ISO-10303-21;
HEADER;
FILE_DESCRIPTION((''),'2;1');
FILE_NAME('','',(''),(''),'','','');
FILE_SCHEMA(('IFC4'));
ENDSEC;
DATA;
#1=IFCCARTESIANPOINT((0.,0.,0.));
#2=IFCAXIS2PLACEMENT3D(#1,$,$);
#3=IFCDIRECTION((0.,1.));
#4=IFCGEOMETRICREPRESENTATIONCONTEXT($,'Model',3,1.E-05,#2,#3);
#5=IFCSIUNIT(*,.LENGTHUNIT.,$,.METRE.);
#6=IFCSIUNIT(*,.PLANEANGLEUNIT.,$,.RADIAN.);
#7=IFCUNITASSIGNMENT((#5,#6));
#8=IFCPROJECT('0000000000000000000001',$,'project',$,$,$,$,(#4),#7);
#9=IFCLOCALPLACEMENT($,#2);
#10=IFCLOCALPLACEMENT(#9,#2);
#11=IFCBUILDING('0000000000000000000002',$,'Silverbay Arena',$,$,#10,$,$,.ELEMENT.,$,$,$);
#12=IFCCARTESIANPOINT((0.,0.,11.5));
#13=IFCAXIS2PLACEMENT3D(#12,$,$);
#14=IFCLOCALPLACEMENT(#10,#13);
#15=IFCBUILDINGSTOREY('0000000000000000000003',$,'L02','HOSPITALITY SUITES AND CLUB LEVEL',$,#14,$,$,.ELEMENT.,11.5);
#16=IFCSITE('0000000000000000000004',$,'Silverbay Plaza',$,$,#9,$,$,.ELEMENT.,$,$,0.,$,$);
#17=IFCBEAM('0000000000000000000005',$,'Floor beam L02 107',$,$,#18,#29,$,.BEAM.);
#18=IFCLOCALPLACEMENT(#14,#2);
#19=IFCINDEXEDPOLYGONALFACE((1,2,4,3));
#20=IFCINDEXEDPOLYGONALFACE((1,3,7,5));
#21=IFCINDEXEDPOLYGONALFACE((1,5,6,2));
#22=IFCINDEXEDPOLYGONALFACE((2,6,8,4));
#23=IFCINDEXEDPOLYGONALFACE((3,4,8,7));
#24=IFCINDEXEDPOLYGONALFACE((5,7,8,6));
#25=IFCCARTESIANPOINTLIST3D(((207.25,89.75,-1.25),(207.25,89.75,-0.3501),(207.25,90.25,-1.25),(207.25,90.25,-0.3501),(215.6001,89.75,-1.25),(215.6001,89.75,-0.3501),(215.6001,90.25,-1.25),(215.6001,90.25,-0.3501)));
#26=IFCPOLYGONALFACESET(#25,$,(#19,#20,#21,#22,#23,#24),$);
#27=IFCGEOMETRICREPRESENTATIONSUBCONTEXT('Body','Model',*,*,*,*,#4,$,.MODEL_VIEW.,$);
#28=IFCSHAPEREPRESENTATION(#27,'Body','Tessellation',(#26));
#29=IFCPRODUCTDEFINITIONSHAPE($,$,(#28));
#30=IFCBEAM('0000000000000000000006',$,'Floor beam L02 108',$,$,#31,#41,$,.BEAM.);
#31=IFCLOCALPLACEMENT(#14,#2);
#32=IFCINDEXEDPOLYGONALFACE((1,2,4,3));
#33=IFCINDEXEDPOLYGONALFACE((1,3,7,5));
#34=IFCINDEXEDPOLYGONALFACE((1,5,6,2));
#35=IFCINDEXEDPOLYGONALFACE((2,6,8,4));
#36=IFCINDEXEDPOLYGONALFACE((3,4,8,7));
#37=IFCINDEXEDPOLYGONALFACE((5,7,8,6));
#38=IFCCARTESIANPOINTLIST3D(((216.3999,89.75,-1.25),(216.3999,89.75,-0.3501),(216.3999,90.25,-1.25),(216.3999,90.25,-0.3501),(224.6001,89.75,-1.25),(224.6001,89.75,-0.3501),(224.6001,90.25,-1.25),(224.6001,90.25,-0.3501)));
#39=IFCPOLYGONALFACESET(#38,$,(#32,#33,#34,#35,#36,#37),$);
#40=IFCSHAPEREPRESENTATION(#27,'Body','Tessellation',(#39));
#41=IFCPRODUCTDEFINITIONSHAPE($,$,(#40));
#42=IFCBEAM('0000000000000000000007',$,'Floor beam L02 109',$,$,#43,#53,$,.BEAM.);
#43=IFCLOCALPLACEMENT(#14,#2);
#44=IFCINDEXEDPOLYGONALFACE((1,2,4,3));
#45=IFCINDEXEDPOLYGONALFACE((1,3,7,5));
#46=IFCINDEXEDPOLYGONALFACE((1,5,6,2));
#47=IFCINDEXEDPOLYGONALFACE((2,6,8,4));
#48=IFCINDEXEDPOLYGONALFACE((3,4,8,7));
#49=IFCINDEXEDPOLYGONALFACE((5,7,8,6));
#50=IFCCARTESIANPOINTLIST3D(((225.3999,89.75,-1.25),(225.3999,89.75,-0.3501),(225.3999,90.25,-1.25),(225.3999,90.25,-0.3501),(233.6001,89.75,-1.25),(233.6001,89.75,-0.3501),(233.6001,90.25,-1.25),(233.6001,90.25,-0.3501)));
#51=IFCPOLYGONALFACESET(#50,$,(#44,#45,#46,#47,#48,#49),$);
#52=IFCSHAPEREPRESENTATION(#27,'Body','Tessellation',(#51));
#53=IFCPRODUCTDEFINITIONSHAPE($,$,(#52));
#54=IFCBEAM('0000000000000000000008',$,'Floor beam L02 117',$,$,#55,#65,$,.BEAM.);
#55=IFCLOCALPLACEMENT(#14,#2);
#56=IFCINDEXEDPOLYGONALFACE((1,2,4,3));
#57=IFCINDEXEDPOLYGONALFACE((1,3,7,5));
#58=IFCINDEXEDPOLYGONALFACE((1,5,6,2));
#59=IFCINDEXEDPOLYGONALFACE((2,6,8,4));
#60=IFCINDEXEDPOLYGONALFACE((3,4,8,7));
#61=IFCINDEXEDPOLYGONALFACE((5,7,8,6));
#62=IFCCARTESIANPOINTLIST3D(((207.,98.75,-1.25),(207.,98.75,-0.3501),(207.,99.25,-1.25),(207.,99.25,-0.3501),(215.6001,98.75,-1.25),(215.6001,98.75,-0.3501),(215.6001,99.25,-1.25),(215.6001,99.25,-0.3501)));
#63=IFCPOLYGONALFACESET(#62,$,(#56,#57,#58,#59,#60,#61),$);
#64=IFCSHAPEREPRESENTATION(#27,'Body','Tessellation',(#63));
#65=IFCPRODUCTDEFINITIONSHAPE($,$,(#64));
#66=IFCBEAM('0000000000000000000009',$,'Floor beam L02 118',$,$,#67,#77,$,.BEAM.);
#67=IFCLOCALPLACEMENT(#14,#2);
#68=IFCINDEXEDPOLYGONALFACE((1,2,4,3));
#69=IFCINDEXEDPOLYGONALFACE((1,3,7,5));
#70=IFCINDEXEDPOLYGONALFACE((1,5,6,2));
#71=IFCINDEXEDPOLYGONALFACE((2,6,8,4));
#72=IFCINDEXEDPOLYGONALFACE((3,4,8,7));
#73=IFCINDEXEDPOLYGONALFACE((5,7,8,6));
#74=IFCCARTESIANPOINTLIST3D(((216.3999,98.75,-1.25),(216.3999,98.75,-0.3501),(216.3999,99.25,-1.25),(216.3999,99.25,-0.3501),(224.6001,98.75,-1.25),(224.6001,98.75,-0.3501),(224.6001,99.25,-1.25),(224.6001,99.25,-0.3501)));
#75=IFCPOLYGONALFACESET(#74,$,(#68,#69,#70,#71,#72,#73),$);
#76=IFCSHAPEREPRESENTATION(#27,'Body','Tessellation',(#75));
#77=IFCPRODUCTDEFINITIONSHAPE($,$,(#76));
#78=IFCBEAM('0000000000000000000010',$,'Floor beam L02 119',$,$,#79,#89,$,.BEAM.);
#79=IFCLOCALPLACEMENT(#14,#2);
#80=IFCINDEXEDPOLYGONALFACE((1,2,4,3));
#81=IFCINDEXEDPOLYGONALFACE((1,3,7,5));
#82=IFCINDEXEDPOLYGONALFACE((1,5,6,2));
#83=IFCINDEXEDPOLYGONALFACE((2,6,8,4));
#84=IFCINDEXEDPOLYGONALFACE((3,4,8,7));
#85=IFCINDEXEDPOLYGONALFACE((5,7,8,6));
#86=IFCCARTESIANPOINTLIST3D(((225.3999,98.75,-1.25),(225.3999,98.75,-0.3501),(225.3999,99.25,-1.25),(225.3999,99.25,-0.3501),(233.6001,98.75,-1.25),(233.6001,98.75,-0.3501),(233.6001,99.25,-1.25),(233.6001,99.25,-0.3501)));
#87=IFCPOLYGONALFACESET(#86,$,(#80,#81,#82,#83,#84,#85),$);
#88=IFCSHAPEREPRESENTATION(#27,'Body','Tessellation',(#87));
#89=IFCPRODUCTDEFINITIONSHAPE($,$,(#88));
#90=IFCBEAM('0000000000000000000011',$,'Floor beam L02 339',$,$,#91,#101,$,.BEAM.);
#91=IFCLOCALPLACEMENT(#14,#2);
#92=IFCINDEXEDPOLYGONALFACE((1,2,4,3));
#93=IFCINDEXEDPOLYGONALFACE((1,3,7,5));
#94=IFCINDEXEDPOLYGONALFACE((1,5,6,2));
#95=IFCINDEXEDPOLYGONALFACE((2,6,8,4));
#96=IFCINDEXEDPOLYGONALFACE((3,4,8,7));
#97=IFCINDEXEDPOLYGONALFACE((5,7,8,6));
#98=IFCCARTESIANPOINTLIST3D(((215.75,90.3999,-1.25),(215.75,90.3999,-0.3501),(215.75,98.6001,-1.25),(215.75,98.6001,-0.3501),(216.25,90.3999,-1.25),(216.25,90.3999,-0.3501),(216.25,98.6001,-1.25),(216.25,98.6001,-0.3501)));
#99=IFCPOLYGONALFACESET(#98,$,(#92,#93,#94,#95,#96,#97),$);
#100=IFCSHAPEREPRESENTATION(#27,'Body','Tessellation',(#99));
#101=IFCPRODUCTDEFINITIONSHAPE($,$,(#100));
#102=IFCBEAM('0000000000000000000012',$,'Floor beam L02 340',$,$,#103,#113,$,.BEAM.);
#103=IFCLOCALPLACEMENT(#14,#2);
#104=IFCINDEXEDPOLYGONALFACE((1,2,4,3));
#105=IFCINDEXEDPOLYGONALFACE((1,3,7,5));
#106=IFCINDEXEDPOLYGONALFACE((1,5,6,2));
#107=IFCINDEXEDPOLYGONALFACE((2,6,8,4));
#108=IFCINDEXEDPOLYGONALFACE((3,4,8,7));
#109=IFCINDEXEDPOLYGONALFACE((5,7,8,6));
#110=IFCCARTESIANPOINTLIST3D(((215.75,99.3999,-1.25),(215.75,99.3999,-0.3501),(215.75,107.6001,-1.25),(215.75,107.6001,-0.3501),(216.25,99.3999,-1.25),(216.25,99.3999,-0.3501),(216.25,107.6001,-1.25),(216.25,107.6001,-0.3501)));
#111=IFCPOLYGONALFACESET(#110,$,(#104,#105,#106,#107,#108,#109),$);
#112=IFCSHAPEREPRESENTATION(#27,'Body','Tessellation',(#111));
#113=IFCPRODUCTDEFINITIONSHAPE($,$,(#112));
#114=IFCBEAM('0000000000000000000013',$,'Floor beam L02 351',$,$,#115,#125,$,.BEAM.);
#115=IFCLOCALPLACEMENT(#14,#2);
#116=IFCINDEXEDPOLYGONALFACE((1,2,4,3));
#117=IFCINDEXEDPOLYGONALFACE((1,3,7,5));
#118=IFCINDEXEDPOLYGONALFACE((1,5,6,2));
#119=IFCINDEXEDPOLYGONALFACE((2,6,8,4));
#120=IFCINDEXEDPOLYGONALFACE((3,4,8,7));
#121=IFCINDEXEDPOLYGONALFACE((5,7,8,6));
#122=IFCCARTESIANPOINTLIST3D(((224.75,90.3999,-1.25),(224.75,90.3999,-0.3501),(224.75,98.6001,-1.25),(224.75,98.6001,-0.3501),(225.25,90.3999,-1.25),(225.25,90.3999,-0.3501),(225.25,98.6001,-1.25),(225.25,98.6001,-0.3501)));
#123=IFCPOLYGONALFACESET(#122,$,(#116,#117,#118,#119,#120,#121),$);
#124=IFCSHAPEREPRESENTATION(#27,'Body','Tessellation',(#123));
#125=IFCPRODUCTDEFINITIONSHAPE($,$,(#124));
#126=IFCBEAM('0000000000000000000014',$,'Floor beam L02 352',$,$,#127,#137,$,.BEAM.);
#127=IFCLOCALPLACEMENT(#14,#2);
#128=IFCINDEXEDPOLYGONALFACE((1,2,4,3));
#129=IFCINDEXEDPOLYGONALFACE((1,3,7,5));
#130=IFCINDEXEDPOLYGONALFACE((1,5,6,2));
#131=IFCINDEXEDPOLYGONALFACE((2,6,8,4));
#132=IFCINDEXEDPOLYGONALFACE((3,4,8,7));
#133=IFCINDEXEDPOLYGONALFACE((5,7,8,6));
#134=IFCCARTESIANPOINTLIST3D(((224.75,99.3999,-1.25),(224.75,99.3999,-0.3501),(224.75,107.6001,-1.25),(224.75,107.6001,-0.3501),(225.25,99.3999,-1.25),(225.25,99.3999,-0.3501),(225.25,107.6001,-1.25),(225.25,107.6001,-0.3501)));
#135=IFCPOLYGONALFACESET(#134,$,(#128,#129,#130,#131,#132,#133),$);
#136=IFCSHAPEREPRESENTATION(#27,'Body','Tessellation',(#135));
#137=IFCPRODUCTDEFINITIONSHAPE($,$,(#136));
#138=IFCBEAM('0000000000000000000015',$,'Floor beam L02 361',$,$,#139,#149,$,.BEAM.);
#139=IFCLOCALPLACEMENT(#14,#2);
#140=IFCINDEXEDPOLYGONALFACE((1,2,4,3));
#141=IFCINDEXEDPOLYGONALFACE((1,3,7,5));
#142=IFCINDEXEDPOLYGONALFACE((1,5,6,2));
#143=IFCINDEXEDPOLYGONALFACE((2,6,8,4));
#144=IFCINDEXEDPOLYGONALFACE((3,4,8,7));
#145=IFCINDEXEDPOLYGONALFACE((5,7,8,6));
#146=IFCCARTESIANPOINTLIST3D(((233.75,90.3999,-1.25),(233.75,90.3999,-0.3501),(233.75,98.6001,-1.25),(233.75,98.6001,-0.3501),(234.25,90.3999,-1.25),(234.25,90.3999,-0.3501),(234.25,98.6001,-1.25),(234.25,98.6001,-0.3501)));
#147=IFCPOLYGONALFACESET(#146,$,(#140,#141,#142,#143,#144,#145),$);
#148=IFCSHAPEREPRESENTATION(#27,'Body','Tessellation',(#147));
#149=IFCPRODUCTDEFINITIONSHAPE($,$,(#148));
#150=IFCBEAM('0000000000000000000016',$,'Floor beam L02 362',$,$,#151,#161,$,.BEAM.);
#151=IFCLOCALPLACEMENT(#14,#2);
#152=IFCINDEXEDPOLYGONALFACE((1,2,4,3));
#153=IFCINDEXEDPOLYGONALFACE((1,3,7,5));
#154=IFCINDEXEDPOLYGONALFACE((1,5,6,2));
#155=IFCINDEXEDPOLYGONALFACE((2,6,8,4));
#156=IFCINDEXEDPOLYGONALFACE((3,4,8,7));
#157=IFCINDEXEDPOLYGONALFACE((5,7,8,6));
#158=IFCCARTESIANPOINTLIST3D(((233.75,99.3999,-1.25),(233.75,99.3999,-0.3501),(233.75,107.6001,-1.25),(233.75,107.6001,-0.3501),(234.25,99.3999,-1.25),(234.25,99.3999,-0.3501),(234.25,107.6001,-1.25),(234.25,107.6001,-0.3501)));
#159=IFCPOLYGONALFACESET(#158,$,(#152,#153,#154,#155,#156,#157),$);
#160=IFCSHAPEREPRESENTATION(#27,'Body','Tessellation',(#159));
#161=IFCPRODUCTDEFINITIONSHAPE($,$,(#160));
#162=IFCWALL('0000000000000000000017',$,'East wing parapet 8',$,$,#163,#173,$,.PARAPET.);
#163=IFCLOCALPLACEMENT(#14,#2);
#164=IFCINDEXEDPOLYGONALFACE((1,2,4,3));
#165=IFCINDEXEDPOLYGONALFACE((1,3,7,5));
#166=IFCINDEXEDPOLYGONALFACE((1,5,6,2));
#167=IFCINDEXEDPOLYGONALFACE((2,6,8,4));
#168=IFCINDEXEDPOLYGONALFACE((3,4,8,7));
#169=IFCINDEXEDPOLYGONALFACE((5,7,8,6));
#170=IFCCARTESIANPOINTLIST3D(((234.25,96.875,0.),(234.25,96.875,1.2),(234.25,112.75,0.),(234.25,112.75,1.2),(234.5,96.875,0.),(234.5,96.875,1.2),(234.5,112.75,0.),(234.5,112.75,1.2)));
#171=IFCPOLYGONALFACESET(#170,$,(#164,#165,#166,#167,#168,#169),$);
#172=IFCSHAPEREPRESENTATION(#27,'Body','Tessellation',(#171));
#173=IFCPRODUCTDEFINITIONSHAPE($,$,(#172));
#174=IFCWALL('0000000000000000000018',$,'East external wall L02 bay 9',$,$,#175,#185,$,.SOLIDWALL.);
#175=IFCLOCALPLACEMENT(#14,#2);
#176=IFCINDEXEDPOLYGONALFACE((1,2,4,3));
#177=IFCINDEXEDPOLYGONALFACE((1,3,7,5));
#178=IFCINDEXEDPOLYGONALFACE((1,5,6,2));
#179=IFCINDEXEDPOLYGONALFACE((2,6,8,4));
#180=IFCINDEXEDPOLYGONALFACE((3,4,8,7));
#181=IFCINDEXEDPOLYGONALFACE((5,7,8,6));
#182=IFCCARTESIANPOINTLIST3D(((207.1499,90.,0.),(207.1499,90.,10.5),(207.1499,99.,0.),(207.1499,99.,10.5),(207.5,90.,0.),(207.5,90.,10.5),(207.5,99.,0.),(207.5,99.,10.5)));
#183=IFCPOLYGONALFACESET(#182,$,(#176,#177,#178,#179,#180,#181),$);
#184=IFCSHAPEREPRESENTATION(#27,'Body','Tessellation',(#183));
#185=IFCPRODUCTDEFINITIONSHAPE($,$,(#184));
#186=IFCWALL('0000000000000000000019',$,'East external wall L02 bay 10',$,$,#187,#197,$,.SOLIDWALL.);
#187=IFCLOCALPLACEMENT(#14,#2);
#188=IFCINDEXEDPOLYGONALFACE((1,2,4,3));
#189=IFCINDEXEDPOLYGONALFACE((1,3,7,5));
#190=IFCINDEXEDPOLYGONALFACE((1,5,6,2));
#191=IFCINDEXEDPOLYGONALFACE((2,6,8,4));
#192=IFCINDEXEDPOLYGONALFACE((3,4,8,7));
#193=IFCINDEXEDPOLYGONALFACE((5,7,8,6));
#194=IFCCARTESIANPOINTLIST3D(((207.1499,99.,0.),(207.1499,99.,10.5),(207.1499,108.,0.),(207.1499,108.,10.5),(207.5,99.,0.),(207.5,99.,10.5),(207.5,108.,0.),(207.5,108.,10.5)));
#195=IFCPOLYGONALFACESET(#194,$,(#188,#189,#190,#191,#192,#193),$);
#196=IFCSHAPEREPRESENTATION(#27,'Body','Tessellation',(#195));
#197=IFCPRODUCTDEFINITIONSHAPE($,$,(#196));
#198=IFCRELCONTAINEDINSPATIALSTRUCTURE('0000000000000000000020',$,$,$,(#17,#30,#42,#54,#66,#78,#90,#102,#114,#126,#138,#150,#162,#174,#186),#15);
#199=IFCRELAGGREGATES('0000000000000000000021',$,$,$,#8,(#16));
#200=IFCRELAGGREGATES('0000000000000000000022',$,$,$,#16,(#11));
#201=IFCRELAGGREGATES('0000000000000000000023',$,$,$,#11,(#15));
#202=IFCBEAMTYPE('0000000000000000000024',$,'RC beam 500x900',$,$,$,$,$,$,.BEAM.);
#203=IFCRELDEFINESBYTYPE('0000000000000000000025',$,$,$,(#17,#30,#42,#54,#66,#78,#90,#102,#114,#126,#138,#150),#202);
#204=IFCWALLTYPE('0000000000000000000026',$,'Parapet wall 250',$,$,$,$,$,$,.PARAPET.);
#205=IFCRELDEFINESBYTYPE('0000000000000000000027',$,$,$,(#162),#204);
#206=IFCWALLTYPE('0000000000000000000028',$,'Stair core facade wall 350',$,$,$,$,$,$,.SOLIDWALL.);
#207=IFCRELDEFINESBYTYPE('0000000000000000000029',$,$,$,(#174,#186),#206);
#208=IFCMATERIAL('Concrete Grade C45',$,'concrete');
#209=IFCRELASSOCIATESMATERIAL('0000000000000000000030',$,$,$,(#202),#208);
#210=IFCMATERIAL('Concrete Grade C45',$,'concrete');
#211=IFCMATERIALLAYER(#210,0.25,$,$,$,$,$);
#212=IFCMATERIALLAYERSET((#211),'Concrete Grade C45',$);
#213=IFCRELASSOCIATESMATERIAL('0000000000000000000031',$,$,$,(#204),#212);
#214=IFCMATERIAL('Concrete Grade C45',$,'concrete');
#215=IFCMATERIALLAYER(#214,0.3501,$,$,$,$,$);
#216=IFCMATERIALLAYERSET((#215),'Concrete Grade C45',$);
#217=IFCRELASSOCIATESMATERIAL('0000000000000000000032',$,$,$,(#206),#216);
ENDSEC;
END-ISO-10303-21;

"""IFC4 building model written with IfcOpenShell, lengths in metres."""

from ifc_helpers import new_model, si_unit, direction, frame, frame_2d, origin, origin_2d, place, context, subcontext, project, spatial, rectangle, extrude, material, layer, layer_set, material_profile, profile_set, type_object, element, save


model = new_model("IFC4")

# Units and contexts
model_context = context("Model", 3, precision=1e-05, world=origin(), true_north=direction((0.0, 1.0)))
body_context = subcontext(model_context, "Body", "Model", "MODEL_VIEW")
ifc_project = project(units=[si_unit("LENGTHUNIT", "METRE"), si_unit("PLANEANGLEUNIT", "RADIAN")], contexts=[model_context])

# Site, building, storey
site_placement = place(None, origin())
site = spatial("IfcSite", under=ifc_project, at=site_placement, Name="Silverbay Plaza", CompositionType="ELEMENT", RefElevation=0.0)
building_placement = place(site_placement, origin())
building = spatial("IfcBuilding", under=site, at=building_placement, Name="Silverbay Arena", CompositionType="ELEMENT")
storey_placement = place(building_placement, frame((0.0, 0.0, 11.5)))
storey = spatial("IfcBuildingStorey", under=building, at=storey_placement, Name="L02", Description="HOSPITALITY SUITES AND CLUB LEVEL", CompositionType="ELEMENT", Elevation=11.5)

# Beams
ifc_material_1 = material(Name="Concrete Grade C45", Category="concrete")
ifc_material_profile_1 = material_profile(ifc_material_1, rectangle(XDim=0.5, YDim=0.8999, at=origin_2d()), Name="RC 500x900")
ifc_profile_set_1 = profile_set([ifc_material_profile_1], Name="Concrete Grade C45")
beam_type = type_object("IfcBeamType", Name="RC beam 500x900", PredefinedType="BEAM", material=ifc_profile_set_1)
beam_1_placement = place(storey_placement, frame((207.25, 90.0, -0.8), z_axis=(1.0, 0.0, 0.0), x_axis=(0.0, 1.0, 0.0)))
element("IfcBeam", 1, at=beam_1_placement, inside=storey, type_object=beam_type, Name="Floor beam L02 107", PredefinedType="BEAM", context=body_context, shape_type="SweptSolid", body=[
    extrude(rectangle(XDim=0.5, YDim=0.8999, at=origin_2d()), origin(), (0.0, 0.0, 1.0), 8.3501),
])
for number, where, z_axis, x_axis, name in (
    (2, (216.3999, 90.0, -0.8), (1.0, 0.0, 0.0), (0.0, 1.0, 0.0), "Floor beam L02 108"),
    (3, (225.3999, 90.0, -0.8), (1.0, 0.0, 0.0), (0.0, 1.0, 0.0), "Floor beam L02 109"),
):
    element("IfcBeam", number, at=place(storey_placement, frame(where, z_axis=z_axis, x_axis=x_axis)), inside=storey, type_object=beam_type, Name=name, PredefinedType="BEAM", context=body_context, shape_type="SweptSolid", body=[
        extrude(rectangle(XDim=0.5, YDim=0.8999, at=origin_2d()), origin(), (0.0, 0.0, 1.0), 8.2002),
    ])
beam_2_placement = place(storey_placement, frame((207.0, 99.0, -0.8), z_axis=(1.0, 0.0, 0.0), x_axis=(0.0, 1.0, 0.0)))
element("IfcBeam", 4, at=beam_2_placement, inside=storey, type_object=beam_type, Name="Floor beam L02 117", PredefinedType="BEAM", context=body_context, shape_type="SweptSolid", body=[
    extrude(rectangle(XDim=0.5, YDim=0.8999, at=origin_2d()), origin(), (0.0, 0.0, 1.0), 8.6001),
])
for number, where, z_axis, x_axis, name in (
    (5, (216.3999, 99.0, -0.8), (1.0, 0.0, 0.0), (0.0, 1.0, 0.0), "Floor beam L02 118"),
    (6, (225.3999, 99.0, -0.8), (1.0, 0.0, 0.0), (0.0, 1.0, 0.0), "Floor beam L02 119"),
    (7, (216.0, 90.3999, -0.8), (0.0, 1.0, 0.0), (-1.0, 0.0, 0.0), "Floor beam L02 339"),
    (8, (216.0, 99.3999, -0.8), (0.0, 1.0, 0.0), (-1.0, 0.0, 0.0), "Floor beam L02 340"),
    (9, (225.0, 90.3999, -0.8), (0.0, 1.0, 0.0), (-1.0, 0.0, 0.0), "Floor beam L02 351"),
    (10, (225.0, 99.3999, -0.8), (0.0, 1.0, 0.0), (-1.0, 0.0, 0.0), "Floor beam L02 352"),
    (11, (234.0, 90.3999, -0.8), (0.0, 1.0, 0.0), (-1.0, 0.0, 0.0), "Floor beam L02 361"),
    (12, (234.0, 99.3999, -0.8), (0.0, 1.0, 0.0), (-1.0, 0.0, 0.0), "Floor beam L02 362"),
):
    element("IfcBeam", number, at=place(storey_placement, frame(where, z_axis=z_axis, x_axis=x_axis)), inside=storey, type_object=beam_type, Name=name, PredefinedType="BEAM", context=body_context, shape_type="SweptSolid", body=[
        extrude(rectangle(XDim=0.5, YDim=0.8999, at=origin_2d()), origin(), (0.0, 0.0, 1.0), 8.2002),
    ])

# Walls
ifc_material_2 = material(Name="Concrete Grade C45", Category="concrete")
ifc_layer_1 = layer(ifc_material_2, 0.25)
ifc_layer_set_1 = layer_set([ifc_layer_1], Name="Concrete Grade C45")
wall_type_1 = type_object("IfcWallType", Name="Parapet wall 250", PredefinedType="PARAPET", material=ifc_layer_set_1)
wall_placement = place(storey_placement, frame((234.375, 96.875, 0.0), z_axis=(0.0, 0.0, 1.0), x_axis=(0.0, 1.0, 0.0)))
element("IfcWall", 13, at=wall_placement, inside=storey, type_object=wall_type_1, Name="East wing parapet 8", PredefinedType="PARAPET", context=body_context, shape_type="SweptSolid", body=[
    extrude(rectangle(XDim=15.875, YDim=0.25, at=frame_2d((7.9375, 0.0))), origin(), (0.0, 0.0, 1.0), 1.2),
])
ifc_material_3 = material(Name="Concrete Grade C45", Category="concrete")
ifc_layer_2 = layer(ifc_material_3, 0.3501)
ifc_layer_set_2 = layer_set([ifc_layer_2], Name="Concrete Grade C45")
wall_type_2 = type_object("IfcWallType", Name="Stair core facade wall 350", PredefinedType="SOLIDWALL", material=ifc_layer_set_2)
for number, where, z_axis, x_axis, name in (
    (14, (207.325, 90.0, 0.0), (0.0, 0.0, 1.0), (0.0, 1.0, 0.0), "East external wall L02 bay 9"),
    (15, (207.325, 99.0, 0.0), (0.0, 0.0, 1.0), (0.0, 1.0, 0.0), "East external wall L02 bay 10"),
):
    element("IfcWall", number, at=place(storey_placement, frame(where, z_axis=z_axis, x_axis=x_axis)), inside=storey, type_object=wall_type_2, Name=name, PredefinedType="SOLIDWALL", context=body_context, shape_type="SweptSolid", body=[
        extrude(rectangle(XDim=9.0, YDim=0.3501, at=frame_2d((4.5, 0.0))), origin(), (0.0, 0.0, 1.0), 10.5),
    ])

save(model, "model.ifc")
